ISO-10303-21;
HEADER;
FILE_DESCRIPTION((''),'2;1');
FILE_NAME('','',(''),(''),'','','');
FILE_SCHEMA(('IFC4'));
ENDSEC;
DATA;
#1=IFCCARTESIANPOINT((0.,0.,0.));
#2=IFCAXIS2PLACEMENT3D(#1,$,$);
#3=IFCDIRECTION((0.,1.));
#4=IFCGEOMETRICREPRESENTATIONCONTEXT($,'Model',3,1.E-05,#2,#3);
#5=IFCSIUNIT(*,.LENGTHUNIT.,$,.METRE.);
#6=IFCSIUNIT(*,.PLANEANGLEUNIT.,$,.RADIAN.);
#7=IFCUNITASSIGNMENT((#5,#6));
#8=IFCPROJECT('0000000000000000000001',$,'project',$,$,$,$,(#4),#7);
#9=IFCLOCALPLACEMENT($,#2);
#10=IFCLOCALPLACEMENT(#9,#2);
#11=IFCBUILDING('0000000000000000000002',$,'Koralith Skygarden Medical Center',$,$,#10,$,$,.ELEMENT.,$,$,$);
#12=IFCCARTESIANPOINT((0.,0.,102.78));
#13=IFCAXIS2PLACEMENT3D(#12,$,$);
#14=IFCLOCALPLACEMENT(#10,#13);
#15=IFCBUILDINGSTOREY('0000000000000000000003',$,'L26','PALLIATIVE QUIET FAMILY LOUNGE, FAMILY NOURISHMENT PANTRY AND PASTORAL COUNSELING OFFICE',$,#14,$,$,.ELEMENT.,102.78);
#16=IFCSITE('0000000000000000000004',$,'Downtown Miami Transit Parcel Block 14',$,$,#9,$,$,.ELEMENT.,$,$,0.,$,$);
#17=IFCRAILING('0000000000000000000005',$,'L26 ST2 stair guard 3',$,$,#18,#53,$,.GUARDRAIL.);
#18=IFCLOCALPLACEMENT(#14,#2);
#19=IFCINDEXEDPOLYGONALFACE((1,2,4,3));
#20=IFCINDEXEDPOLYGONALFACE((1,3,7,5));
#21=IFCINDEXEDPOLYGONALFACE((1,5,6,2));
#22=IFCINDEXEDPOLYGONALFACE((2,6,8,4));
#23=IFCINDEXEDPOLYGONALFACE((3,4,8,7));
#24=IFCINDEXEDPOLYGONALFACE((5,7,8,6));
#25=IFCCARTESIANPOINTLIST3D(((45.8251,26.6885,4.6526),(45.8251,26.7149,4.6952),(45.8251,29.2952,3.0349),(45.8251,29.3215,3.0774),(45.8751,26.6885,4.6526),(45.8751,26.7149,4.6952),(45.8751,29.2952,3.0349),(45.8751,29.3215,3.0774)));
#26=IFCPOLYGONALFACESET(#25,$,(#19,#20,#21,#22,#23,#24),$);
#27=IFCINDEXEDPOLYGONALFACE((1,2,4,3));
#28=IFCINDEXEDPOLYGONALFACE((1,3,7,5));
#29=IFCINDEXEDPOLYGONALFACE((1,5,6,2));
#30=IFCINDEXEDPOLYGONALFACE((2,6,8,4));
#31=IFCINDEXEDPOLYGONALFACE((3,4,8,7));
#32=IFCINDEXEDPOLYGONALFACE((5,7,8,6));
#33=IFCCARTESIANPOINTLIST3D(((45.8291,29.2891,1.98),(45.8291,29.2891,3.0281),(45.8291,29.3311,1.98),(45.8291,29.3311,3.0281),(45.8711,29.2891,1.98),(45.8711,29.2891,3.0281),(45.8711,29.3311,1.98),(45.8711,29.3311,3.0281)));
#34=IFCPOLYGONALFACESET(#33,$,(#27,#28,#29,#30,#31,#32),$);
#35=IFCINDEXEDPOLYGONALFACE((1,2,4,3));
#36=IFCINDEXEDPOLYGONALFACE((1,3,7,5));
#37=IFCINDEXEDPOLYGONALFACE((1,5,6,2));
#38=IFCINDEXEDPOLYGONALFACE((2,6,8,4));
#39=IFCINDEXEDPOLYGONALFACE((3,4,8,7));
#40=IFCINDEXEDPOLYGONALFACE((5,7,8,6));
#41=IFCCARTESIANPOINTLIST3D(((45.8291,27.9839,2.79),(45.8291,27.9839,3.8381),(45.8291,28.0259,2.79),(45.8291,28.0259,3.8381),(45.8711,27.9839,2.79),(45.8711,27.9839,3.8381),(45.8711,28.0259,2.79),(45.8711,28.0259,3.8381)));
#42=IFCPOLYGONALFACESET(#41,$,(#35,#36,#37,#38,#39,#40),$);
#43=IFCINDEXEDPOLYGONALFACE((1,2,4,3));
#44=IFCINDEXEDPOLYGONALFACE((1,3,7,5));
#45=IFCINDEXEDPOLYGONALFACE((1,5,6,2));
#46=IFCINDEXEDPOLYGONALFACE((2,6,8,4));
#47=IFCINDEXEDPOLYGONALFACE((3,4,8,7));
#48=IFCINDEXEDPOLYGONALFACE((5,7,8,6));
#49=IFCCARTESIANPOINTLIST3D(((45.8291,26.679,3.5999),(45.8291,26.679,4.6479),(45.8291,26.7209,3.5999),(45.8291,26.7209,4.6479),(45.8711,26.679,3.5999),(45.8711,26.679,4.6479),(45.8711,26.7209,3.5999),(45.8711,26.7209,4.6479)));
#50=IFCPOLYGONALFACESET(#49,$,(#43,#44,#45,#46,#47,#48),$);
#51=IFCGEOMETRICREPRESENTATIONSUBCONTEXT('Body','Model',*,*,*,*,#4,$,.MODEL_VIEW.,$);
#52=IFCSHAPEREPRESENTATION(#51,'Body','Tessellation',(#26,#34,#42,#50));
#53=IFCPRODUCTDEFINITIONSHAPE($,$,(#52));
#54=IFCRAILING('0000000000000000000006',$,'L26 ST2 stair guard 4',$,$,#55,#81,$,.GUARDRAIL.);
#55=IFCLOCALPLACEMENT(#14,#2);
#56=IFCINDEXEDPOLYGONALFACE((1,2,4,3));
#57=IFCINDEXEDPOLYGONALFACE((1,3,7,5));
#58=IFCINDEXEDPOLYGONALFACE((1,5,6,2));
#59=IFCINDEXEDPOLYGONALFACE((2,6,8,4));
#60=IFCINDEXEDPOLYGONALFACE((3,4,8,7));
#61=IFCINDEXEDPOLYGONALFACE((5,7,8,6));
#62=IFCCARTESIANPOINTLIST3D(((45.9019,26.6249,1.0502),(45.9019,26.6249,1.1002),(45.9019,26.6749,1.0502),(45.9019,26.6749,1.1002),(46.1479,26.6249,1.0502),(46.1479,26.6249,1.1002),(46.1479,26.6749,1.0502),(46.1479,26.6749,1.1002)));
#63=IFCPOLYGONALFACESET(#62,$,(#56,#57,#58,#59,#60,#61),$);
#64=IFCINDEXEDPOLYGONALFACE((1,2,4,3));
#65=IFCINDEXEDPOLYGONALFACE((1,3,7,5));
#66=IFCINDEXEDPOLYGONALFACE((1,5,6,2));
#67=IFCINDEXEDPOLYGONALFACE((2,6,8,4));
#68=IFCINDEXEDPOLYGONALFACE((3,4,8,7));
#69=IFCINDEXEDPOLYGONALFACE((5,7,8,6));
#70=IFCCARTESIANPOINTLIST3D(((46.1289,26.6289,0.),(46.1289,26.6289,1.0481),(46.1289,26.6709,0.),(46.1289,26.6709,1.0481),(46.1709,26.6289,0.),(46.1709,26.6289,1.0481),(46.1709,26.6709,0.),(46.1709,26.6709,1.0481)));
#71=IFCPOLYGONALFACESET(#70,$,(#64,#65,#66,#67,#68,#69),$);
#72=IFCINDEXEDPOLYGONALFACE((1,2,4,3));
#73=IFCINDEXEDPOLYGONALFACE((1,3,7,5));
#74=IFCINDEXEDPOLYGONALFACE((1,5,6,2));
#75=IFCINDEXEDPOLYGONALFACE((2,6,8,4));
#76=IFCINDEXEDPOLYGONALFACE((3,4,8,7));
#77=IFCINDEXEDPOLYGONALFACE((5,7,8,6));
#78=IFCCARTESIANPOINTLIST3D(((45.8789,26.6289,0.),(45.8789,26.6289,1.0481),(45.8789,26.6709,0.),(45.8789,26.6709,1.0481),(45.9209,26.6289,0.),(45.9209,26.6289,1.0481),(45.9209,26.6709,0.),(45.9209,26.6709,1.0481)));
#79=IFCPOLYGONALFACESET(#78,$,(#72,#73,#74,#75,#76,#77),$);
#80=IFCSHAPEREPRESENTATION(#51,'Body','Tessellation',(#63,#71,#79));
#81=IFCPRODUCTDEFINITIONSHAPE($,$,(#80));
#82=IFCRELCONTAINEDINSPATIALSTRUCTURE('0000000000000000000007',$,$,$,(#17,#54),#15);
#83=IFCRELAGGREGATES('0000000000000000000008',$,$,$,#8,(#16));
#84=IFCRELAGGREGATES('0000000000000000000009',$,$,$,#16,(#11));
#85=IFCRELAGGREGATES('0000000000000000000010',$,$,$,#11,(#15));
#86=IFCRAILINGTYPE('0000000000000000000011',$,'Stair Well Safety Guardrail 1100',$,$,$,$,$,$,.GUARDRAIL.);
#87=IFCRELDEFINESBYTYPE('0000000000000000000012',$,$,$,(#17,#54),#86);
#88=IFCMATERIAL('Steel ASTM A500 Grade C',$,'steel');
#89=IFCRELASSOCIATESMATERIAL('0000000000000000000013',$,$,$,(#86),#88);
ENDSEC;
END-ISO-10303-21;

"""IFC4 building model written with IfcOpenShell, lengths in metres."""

from ifc_helpers import new_model, si_unit, direction, frame, origin, origin_2d, place, context, subcontext, project, spatial, rectangle, extrude, material, type_object, element, save


model = new_model("IFC4")

# Units and contexts
model_context = context("Model", 3, precision=1e-05, world=origin(), true_north=direction((0.0, 1.0)))
body_context = subcontext(model_context, "Body", "Model", "MODEL_VIEW")
ifc_project = project(units=[si_unit("LENGTHUNIT", "METRE"), si_unit("PLANEANGLEUNIT", "RADIAN")], contexts=[model_context])

# Site, building, storey
site_placement = place(None, origin())
site = spatial("IfcSite", under=ifc_project, at=site_placement, Name="Downtown Miami Transit Parcel Block 14", CompositionType="ELEMENT", RefElevation=0.0)
building_placement = place(site_placement, origin())
building = spatial("IfcBuilding", under=site, at=building_placement, Name="Koralith Skygarden Medical Center", CompositionType="ELEMENT")
storey_placement = place(building_placement, frame((0.0, 0.0, 102.78)))
storey = spatial("IfcBuildingStorey", under=building, at=storey_placement, Name="L26", Description="PALLIATIVE QUIET FAMILY LOUNGE, FAMILY NOURISHMENT PANTRY AND PASTORAL COUNSELING OFFICE", CompositionType="ELEMENT", Elevation=102.78)

# Shared definitions
ifc_material_1 = material(Name="Steel ASTM A500 Grade C", Category="steel")

# Railings
railing_type_1 = type_object("IfcRailingType", Name="Stair Well Safety Guardrail 1100", PredefinedType="GUARDRAIL", material=ifc_material_1)
railing_1_placement = place(storey_placement, frame((45.8501, 29.3101, 1.98)))
element("IfcRailing", 1, at=railing_1_placement, inside=storey, type_object=railing_type_1, Name="L26 ST2 stair guard 3", PredefinedType="GUARDRAIL", context=body_context, shape_type="SweptSolid", body=[
    extrude(rectangle(XDim=0.05, YDim=0.05, at=origin_2d()), frame((0.0, -0.0017, 1.0762), z_axis=(0.0, -0.849668, 0.527317), x_axis=(1.0, 0.0, 0.0)), (0.0, 0.0, 1.0), 3.0679),
    extrude(rectangle(XDim=0.042, YDim=0.042, at=origin_2d()), origin(), (0.0, 0.0, 1.0), 1.0481),
    extrude(rectangle(XDim=0.042, YDim=0.042, at=origin_2d()), frame((0.0, -1.3052, 0.8101)), (0.0, 0.0, 1.0), 1.0481),
    extrude(rectangle(XDim=0.042, YDim=0.042, at=origin_2d()), frame((0.0, -2.6101, 1.6199)), (0.0, 0.0, 1.0), 1.0481),
])
railing_2_placement = place(storey_placement, frame((46.1499, 26.6499, 0.0)))
element("IfcRailing", 2, at=railing_2_placement, inside=storey, type_object=railing_type_1, Name="L26 ST2 stair guard 4", PredefinedType="GUARDRAIL", context=body_context, shape_type="SweptSolid", body=[
    extrude(rectangle(XDim=0.05, YDim=0.05, at=origin_2d()), frame((-0.002, 0.0, 1.0752), z_axis=(-1.0, 0.0, 0.0), x_axis=(0.0, -1.0, 0.0)), (0.0, 0.0, 1.0), 0.2461),
    extrude(rectangle(XDim=0.042, YDim=0.042, at=origin_2d()), origin(), (0.0, 0.0, 1.0), 1.0481),
    extrude(rectangle(XDim=0.042, YDim=0.042, at=origin_2d()), frame((-0.25, 0.0, 0.0)), (0.0, 0.0, 1.0), 1.0481),
])

save(model, "model.ifc")
